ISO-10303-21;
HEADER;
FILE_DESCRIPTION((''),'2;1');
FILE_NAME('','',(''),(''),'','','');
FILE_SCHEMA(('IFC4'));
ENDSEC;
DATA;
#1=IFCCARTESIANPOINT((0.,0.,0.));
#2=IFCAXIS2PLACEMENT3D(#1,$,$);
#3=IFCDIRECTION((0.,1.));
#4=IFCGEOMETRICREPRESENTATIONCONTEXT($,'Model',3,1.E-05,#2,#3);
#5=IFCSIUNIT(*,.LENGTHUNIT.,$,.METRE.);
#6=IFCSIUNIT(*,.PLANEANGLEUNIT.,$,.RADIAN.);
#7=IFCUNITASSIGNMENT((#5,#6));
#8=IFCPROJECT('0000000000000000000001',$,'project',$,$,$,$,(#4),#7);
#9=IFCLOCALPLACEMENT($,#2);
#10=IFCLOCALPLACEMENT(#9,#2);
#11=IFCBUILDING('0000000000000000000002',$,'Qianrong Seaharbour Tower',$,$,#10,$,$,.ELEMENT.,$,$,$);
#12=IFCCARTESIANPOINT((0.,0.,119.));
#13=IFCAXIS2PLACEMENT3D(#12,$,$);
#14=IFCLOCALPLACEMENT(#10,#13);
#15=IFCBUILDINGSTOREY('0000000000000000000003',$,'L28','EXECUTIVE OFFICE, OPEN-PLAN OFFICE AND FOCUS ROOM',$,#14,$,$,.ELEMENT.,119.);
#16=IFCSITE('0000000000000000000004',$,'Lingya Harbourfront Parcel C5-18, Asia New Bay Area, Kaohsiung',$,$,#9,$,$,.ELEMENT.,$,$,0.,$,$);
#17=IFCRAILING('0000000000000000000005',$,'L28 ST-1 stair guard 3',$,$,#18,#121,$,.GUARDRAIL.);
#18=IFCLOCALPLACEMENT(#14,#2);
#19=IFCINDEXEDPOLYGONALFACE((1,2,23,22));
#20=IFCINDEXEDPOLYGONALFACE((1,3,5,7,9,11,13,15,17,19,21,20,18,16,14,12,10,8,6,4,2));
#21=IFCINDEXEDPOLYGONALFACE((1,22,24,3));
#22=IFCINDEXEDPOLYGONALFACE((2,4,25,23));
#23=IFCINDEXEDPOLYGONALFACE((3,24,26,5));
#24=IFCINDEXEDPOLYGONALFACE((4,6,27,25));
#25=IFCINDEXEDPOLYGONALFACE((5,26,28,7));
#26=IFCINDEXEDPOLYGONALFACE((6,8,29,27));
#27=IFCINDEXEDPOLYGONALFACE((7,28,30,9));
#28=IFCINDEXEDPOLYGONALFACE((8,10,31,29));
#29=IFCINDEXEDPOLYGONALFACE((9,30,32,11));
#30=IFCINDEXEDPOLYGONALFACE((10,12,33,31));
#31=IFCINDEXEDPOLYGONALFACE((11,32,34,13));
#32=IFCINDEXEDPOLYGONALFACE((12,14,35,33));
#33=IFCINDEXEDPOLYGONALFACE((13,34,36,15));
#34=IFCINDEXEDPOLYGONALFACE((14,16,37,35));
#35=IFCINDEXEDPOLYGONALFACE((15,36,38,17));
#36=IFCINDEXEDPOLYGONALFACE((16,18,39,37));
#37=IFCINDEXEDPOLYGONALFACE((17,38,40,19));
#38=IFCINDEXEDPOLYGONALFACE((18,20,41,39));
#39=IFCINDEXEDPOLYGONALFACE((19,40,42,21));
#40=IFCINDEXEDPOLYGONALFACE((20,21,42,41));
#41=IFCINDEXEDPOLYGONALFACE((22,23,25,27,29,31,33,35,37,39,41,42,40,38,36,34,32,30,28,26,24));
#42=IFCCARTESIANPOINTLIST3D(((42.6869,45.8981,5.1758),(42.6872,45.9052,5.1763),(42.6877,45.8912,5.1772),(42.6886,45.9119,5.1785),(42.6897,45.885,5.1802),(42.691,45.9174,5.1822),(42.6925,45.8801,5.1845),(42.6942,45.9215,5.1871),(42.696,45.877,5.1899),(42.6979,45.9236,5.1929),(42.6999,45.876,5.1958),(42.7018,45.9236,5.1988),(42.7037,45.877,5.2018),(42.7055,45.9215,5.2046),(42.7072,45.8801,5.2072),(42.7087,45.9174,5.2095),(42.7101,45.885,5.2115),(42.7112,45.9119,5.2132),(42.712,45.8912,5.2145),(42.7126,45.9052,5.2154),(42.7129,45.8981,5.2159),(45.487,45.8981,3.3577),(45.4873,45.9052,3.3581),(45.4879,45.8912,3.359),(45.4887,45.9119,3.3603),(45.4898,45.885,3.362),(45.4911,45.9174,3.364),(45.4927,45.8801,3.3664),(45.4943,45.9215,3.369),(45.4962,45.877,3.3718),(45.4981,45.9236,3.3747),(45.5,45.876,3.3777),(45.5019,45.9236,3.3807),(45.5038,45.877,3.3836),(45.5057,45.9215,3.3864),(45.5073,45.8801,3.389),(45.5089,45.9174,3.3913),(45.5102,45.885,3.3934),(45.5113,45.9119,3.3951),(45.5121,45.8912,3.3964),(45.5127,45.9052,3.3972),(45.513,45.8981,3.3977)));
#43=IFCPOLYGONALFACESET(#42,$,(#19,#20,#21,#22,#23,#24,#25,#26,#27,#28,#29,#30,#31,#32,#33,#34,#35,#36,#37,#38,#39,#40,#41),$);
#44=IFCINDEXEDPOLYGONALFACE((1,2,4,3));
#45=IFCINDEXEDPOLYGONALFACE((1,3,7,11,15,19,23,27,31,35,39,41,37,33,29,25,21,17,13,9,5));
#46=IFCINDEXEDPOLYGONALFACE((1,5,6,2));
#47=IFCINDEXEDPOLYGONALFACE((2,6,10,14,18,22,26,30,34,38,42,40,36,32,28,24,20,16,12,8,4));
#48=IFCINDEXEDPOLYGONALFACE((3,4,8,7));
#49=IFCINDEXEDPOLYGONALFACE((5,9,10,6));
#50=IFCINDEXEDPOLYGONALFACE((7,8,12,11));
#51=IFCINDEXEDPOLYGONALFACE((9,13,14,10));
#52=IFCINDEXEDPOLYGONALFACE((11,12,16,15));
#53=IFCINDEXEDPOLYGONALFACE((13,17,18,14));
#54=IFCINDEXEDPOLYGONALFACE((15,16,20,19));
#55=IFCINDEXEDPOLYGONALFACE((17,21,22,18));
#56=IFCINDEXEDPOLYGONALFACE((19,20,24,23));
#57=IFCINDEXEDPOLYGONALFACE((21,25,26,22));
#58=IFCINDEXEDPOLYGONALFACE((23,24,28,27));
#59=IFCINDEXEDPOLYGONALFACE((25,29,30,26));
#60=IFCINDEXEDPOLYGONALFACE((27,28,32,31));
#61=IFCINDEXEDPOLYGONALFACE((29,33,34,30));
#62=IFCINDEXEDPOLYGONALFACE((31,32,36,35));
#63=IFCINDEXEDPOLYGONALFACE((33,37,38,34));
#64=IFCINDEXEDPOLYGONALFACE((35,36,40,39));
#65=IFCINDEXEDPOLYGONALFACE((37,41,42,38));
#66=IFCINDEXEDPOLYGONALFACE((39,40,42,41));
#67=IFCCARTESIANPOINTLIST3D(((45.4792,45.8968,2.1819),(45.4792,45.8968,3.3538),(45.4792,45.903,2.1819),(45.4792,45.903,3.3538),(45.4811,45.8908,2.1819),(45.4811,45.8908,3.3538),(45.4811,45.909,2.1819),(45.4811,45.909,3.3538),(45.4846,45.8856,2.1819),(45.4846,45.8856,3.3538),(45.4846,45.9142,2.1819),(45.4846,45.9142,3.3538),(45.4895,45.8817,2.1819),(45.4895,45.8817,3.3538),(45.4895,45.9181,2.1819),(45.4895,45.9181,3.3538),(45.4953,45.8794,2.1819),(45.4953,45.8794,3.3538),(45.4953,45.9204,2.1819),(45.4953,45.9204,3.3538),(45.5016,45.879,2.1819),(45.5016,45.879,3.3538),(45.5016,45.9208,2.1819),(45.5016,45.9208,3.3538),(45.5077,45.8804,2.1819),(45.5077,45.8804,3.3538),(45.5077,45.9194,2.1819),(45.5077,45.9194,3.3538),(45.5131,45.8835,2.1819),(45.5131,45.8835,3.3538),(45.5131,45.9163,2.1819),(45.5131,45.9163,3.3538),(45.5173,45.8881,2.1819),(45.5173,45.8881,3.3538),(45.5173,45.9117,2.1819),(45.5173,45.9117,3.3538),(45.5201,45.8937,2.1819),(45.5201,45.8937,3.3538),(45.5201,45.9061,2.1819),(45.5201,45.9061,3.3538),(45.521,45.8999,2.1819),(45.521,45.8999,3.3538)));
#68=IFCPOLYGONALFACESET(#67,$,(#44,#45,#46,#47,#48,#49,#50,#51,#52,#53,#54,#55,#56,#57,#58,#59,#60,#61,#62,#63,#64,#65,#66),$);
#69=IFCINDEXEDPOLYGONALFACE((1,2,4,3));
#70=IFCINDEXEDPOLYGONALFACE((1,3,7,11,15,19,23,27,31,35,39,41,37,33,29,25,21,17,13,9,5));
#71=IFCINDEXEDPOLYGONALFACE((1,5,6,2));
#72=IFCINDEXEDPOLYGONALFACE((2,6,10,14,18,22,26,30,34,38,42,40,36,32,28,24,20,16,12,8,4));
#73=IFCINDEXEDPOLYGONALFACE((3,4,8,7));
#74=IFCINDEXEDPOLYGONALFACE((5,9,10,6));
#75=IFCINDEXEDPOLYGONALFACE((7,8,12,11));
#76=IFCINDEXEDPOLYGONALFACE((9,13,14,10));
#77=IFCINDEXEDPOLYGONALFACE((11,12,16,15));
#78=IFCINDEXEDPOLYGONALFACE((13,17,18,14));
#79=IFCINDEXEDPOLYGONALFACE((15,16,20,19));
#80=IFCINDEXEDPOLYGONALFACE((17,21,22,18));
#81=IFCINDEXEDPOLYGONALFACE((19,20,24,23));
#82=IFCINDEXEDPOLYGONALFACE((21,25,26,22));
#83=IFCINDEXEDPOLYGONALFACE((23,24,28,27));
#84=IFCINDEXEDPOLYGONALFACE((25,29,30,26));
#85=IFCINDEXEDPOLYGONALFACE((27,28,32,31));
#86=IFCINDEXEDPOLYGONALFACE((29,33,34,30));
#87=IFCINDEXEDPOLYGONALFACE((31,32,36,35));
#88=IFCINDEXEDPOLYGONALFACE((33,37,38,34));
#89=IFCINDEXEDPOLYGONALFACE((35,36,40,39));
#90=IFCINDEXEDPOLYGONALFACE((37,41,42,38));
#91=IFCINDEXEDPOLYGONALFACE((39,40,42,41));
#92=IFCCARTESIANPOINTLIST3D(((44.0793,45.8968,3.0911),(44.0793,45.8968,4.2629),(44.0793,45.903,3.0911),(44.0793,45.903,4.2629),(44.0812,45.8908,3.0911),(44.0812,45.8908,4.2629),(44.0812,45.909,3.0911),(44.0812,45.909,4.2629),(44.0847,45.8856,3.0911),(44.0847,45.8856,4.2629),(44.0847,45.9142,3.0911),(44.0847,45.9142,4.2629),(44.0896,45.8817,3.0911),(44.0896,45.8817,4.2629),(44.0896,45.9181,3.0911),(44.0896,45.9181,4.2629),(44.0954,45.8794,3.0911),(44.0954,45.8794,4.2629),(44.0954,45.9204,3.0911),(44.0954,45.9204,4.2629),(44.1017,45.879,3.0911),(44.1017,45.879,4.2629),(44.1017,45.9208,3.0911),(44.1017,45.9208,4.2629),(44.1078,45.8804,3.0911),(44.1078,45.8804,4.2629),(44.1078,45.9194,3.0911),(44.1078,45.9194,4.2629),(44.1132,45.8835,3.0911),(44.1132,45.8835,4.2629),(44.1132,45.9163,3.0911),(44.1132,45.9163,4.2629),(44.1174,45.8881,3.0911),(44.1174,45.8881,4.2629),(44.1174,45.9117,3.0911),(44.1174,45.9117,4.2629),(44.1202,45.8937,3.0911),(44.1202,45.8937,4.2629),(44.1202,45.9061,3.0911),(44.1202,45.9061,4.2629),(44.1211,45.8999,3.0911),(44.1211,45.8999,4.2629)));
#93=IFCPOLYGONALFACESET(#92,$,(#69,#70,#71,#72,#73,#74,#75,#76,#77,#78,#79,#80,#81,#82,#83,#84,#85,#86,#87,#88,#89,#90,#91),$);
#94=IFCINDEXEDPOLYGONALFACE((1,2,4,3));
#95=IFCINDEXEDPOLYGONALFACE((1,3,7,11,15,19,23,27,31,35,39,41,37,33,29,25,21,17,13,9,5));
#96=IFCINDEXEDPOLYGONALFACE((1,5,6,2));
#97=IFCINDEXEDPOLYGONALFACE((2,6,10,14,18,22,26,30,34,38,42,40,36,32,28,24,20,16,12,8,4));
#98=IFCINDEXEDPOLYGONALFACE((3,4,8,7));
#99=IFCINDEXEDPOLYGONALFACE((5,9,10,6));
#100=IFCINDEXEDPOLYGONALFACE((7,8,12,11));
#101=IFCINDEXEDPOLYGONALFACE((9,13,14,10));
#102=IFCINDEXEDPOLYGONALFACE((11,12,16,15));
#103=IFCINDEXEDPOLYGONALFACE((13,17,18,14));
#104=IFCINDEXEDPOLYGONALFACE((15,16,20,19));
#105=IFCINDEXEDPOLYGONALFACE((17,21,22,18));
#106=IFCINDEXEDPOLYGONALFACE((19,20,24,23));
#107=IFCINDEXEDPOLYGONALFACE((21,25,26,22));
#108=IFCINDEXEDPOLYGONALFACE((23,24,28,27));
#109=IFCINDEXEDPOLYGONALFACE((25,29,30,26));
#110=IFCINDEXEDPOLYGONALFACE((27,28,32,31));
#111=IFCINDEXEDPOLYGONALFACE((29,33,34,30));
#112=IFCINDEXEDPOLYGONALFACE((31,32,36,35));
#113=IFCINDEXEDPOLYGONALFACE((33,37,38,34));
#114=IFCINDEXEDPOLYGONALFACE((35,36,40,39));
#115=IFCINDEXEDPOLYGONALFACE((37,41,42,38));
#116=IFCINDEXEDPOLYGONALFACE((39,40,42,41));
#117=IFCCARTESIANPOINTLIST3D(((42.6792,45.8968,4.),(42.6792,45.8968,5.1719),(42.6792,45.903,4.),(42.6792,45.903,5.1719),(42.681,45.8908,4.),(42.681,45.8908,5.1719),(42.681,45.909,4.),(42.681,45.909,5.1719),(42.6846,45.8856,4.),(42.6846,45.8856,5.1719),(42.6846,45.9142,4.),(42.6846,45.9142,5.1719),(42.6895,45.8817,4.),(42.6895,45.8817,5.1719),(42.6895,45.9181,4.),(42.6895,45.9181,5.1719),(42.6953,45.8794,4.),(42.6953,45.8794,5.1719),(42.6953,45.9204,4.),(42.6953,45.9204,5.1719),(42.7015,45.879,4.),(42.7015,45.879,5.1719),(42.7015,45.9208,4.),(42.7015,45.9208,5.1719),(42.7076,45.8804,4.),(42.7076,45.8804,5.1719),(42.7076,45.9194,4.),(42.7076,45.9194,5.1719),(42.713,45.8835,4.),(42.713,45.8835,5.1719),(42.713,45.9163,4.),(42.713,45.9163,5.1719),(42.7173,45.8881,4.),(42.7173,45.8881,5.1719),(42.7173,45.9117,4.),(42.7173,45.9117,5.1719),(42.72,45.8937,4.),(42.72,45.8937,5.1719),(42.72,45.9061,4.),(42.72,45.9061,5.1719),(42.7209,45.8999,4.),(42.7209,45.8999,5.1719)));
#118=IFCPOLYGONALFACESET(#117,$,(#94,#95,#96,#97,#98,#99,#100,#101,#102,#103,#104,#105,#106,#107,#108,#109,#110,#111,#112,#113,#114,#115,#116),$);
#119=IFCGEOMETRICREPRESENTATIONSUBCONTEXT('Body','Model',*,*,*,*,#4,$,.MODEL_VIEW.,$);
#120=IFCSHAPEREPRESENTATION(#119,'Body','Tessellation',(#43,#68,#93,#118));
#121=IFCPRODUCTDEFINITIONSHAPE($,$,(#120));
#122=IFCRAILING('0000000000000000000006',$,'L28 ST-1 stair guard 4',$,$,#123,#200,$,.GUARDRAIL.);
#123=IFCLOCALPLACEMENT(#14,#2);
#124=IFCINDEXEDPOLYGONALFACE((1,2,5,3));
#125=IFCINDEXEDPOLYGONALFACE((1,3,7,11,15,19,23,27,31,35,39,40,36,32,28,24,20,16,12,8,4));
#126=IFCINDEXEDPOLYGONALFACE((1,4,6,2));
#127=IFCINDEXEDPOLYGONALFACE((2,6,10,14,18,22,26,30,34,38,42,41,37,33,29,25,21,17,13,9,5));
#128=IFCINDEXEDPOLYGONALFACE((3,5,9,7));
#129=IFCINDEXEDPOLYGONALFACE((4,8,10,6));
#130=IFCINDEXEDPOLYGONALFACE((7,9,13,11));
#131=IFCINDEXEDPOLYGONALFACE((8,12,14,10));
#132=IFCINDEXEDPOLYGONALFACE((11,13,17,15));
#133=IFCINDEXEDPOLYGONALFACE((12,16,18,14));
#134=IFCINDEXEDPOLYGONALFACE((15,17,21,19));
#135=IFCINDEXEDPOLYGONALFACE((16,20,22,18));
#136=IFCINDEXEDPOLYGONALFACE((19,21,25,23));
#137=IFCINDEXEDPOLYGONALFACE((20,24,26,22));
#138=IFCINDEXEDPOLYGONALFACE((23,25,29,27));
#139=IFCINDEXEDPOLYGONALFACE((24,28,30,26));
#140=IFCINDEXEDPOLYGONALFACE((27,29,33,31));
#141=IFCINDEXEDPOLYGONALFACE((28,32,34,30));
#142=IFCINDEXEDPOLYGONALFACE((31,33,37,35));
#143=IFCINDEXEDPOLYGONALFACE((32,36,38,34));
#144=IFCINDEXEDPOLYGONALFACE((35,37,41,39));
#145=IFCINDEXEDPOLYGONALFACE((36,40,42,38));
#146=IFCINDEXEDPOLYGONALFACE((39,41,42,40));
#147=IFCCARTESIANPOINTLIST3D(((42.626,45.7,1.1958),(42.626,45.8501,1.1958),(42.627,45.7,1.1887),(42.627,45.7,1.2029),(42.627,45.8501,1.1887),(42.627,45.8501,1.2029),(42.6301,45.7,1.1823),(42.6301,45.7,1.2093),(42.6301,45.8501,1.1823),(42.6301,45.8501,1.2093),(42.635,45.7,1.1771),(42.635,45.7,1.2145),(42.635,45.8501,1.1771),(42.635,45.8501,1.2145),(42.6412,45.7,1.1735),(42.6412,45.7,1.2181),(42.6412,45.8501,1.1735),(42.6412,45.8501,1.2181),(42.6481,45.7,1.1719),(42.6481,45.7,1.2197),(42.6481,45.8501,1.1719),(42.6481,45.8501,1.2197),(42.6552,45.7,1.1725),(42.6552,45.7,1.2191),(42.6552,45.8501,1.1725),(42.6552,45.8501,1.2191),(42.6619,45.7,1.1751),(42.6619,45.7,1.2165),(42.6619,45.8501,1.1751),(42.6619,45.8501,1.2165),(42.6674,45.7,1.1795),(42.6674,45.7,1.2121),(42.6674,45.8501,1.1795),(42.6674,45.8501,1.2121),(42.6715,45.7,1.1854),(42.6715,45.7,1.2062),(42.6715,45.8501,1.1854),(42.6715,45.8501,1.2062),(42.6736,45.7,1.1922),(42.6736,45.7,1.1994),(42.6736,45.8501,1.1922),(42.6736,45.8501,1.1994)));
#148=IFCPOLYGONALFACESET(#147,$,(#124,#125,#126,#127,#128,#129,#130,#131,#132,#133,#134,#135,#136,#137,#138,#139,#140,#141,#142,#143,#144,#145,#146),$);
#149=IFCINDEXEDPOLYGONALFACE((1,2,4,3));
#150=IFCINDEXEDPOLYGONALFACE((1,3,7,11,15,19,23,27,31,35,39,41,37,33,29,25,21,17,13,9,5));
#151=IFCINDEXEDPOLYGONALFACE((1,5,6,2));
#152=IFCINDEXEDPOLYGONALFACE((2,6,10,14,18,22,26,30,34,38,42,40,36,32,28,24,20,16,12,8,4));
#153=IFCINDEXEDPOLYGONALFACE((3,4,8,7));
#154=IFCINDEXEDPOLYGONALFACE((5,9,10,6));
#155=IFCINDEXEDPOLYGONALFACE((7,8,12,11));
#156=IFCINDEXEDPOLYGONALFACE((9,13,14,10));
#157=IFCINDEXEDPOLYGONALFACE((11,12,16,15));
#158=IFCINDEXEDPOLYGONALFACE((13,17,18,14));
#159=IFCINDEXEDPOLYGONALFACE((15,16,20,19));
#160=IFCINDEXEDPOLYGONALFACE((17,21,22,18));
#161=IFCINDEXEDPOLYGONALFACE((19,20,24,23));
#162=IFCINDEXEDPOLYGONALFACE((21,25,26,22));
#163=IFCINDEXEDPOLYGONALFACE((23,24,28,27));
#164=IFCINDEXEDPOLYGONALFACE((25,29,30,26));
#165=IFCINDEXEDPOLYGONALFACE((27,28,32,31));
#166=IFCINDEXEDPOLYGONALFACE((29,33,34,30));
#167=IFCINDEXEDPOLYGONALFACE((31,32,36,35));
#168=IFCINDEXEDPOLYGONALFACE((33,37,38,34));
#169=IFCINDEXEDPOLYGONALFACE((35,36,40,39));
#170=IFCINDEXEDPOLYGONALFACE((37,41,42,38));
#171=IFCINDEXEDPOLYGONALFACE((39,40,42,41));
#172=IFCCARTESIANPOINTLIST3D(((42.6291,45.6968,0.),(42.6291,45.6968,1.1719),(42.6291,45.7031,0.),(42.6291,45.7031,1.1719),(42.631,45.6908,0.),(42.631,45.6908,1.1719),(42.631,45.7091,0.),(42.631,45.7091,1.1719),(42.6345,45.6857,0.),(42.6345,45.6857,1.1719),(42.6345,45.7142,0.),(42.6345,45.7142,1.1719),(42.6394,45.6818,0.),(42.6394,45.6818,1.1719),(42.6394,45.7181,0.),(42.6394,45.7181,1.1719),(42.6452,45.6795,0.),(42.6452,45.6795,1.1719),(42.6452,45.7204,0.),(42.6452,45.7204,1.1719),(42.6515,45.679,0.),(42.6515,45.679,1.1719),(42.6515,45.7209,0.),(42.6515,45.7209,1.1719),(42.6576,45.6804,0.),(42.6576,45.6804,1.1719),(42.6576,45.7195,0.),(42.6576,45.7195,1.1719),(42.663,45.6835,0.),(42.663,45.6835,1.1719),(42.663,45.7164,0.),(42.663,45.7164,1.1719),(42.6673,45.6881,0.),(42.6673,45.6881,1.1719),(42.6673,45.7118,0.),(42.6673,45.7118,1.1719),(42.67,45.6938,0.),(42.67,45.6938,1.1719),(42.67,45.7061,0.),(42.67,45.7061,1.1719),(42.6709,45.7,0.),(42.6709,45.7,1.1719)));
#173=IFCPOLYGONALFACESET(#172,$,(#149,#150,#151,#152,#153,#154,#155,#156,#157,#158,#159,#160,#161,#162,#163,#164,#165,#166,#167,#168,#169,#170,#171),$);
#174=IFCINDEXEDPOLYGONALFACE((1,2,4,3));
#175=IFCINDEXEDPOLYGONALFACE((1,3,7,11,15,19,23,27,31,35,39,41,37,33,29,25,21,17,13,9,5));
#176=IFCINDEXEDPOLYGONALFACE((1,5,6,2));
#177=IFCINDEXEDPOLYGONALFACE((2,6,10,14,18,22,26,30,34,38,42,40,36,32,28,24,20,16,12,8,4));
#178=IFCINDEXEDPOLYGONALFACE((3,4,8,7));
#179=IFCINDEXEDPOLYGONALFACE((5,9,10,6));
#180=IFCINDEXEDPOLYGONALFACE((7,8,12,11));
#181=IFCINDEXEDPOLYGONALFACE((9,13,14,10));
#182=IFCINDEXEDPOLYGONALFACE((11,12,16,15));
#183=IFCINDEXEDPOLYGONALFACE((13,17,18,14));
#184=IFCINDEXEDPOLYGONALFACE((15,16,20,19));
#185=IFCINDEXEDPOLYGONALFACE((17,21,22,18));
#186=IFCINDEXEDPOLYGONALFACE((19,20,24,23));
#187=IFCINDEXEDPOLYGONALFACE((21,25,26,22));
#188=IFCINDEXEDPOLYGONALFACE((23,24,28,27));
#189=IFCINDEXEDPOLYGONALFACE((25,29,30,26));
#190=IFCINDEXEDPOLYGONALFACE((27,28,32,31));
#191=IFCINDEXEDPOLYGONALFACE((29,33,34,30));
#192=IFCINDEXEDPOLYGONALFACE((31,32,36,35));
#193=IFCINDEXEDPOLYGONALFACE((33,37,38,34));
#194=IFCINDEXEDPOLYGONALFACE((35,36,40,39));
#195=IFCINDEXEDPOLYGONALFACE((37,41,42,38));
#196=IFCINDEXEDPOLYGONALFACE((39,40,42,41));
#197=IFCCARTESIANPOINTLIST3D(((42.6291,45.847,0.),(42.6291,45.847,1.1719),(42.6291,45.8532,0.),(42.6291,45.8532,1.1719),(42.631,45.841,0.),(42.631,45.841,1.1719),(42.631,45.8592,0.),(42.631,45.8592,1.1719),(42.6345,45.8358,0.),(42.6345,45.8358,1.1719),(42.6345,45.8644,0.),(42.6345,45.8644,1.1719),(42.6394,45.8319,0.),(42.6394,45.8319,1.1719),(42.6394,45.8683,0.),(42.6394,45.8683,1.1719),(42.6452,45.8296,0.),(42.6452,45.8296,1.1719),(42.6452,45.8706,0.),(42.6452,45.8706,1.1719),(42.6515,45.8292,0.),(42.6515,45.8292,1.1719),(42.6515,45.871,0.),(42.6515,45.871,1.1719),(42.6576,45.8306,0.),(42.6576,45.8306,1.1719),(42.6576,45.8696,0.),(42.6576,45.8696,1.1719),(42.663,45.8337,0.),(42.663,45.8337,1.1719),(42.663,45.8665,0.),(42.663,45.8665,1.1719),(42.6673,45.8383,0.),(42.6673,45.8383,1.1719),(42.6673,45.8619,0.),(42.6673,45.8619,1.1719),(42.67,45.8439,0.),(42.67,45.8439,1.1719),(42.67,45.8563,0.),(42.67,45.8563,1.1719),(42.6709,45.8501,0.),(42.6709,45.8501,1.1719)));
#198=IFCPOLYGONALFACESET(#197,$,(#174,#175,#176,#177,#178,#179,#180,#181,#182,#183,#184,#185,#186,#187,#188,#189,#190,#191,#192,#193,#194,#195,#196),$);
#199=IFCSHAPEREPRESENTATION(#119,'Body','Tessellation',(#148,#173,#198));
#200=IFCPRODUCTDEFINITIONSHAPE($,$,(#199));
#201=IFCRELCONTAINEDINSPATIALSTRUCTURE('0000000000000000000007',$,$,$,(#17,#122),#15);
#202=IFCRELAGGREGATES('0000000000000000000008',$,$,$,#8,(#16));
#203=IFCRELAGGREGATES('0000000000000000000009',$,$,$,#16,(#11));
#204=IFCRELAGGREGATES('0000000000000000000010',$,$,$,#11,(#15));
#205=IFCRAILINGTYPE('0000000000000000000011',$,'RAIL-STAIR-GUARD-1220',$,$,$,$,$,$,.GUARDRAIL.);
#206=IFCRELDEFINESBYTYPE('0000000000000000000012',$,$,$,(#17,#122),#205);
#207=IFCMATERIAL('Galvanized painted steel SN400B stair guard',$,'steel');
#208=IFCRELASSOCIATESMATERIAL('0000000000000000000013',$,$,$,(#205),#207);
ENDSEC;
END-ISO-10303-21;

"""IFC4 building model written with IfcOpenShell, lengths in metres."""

from ifc_helpers import new_model, si_unit, direction, frame, origin, origin_2d, place, context, subcontext, project, spatial, circle, extrude, material, type_object, element, save


model = new_model("IFC4")

# Units and contexts
model_context = context("Model", 3, precision=1e-05, world=origin(), true_north=direction((0.0, 1.0)))
body_context = subcontext(model_context, "Body", "Model", "MODEL_VIEW")
ifc_project = project(units=[si_unit("LENGTHUNIT", "METRE"), si_unit("PLANEANGLEUNIT", "RADIAN")], contexts=[model_context])

# Site, building, storey
site_placement = place(None, origin())
site = spatial("IfcSite", under=ifc_project, at=site_placement, Name="Lingya Harbourfront Parcel C5-18, Asia New Bay Area, Kaohsiung", CompositionType="ELEMENT", RefElevation=0.0)
building_placement = place(site_placement, origin())
building = spatial("IfcBuilding", under=site, at=building_placement, Name="Qianrong Seaharbour Tower", CompositionType="ELEMENT")
storey_placement = place(building_placement, frame((0.0, 0.0, 119.0)))
storey = spatial("IfcBuildingStorey", under=building, at=storey_placement, Name="L28", Description="EXECUTIVE OFFICE, OPEN-PLAN OFFICE AND FOCUS ROOM", CompositionType="ELEMENT", Elevation=119.0)

# Railings
ifc_material_1 = material(Name="Galvanized painted steel SN400B stair guard", Category="steel")
railing_type_1 = type_object("IfcRailingType", Name="RAIL-STAIR-GUARD-1220", PredefinedType="GUARDRAIL", material=ifc_material_1)
railing_1_placement = place(storey_placement, frame((45.5, 45.8999, 2.1819)))
element("IfcRailing", 1, at=railing_1_placement, inside=storey, type_object=railing_type_1, Name="L28 ST-1 stair guard 3", PredefinedType="GUARDRAIL", context=body_context, shape_type="SweptSolid", body=[
    extrude(circle(Radius=0.0239, at=origin_2d()), frame((0.0, 0.0, 1.1958), z_axis=(-0.838706, 0.0, 0.544585), x_axis=(0.0, -1.0, 0.0)), (0.0, 0.0, 1.0), 3.3386),
    extrude(circle(Radius=0.021, at=origin_2d()), origin(), (0.0, 0.0, 1.0), 1.1719),
    extrude(circle(Radius=0.021, at=origin_2d()), frame((-1.3999, 0.0, 0.9092)), (0.0, 0.0, 1.0), 1.1719),
    extrude(circle(Radius=0.021, at=origin_2d()), frame((-2.8, 0.0, 1.8181)), (0.0, 0.0, 1.0), 1.1719),
])
railing_2_placement = place(storey_placement, frame((42.6499, 45.7, 0.0)))
element("IfcRailing", 2, at=railing_2_placement, inside=storey, type_object=railing_type_1, Name="L28 ST-1 stair guard 4", PredefinedType="GUARDRAIL", context=body_context, shape_type="SweptSolid", body=[
    extrude(circle(Radius=0.0239, at=origin_2d()), frame((0.0, 0.0, 1.1958), z_axis=(0.0, 1.0, 0.0), x_axis=(-1.0, 0.0, 0.0)), (0.0, 0.0, 1.0), 0.1501),
    extrude(circle(Radius=0.021, at=origin_2d()), origin(), (0.0, 0.0, 1.0), 1.1719),
    extrude(circle(Radius=0.021, at=origin_2d()), frame((0.0, 0.1501, 0.0)), (0.0, 0.0, 1.0), 1.1719),
])

save(model, "model.ifc")
